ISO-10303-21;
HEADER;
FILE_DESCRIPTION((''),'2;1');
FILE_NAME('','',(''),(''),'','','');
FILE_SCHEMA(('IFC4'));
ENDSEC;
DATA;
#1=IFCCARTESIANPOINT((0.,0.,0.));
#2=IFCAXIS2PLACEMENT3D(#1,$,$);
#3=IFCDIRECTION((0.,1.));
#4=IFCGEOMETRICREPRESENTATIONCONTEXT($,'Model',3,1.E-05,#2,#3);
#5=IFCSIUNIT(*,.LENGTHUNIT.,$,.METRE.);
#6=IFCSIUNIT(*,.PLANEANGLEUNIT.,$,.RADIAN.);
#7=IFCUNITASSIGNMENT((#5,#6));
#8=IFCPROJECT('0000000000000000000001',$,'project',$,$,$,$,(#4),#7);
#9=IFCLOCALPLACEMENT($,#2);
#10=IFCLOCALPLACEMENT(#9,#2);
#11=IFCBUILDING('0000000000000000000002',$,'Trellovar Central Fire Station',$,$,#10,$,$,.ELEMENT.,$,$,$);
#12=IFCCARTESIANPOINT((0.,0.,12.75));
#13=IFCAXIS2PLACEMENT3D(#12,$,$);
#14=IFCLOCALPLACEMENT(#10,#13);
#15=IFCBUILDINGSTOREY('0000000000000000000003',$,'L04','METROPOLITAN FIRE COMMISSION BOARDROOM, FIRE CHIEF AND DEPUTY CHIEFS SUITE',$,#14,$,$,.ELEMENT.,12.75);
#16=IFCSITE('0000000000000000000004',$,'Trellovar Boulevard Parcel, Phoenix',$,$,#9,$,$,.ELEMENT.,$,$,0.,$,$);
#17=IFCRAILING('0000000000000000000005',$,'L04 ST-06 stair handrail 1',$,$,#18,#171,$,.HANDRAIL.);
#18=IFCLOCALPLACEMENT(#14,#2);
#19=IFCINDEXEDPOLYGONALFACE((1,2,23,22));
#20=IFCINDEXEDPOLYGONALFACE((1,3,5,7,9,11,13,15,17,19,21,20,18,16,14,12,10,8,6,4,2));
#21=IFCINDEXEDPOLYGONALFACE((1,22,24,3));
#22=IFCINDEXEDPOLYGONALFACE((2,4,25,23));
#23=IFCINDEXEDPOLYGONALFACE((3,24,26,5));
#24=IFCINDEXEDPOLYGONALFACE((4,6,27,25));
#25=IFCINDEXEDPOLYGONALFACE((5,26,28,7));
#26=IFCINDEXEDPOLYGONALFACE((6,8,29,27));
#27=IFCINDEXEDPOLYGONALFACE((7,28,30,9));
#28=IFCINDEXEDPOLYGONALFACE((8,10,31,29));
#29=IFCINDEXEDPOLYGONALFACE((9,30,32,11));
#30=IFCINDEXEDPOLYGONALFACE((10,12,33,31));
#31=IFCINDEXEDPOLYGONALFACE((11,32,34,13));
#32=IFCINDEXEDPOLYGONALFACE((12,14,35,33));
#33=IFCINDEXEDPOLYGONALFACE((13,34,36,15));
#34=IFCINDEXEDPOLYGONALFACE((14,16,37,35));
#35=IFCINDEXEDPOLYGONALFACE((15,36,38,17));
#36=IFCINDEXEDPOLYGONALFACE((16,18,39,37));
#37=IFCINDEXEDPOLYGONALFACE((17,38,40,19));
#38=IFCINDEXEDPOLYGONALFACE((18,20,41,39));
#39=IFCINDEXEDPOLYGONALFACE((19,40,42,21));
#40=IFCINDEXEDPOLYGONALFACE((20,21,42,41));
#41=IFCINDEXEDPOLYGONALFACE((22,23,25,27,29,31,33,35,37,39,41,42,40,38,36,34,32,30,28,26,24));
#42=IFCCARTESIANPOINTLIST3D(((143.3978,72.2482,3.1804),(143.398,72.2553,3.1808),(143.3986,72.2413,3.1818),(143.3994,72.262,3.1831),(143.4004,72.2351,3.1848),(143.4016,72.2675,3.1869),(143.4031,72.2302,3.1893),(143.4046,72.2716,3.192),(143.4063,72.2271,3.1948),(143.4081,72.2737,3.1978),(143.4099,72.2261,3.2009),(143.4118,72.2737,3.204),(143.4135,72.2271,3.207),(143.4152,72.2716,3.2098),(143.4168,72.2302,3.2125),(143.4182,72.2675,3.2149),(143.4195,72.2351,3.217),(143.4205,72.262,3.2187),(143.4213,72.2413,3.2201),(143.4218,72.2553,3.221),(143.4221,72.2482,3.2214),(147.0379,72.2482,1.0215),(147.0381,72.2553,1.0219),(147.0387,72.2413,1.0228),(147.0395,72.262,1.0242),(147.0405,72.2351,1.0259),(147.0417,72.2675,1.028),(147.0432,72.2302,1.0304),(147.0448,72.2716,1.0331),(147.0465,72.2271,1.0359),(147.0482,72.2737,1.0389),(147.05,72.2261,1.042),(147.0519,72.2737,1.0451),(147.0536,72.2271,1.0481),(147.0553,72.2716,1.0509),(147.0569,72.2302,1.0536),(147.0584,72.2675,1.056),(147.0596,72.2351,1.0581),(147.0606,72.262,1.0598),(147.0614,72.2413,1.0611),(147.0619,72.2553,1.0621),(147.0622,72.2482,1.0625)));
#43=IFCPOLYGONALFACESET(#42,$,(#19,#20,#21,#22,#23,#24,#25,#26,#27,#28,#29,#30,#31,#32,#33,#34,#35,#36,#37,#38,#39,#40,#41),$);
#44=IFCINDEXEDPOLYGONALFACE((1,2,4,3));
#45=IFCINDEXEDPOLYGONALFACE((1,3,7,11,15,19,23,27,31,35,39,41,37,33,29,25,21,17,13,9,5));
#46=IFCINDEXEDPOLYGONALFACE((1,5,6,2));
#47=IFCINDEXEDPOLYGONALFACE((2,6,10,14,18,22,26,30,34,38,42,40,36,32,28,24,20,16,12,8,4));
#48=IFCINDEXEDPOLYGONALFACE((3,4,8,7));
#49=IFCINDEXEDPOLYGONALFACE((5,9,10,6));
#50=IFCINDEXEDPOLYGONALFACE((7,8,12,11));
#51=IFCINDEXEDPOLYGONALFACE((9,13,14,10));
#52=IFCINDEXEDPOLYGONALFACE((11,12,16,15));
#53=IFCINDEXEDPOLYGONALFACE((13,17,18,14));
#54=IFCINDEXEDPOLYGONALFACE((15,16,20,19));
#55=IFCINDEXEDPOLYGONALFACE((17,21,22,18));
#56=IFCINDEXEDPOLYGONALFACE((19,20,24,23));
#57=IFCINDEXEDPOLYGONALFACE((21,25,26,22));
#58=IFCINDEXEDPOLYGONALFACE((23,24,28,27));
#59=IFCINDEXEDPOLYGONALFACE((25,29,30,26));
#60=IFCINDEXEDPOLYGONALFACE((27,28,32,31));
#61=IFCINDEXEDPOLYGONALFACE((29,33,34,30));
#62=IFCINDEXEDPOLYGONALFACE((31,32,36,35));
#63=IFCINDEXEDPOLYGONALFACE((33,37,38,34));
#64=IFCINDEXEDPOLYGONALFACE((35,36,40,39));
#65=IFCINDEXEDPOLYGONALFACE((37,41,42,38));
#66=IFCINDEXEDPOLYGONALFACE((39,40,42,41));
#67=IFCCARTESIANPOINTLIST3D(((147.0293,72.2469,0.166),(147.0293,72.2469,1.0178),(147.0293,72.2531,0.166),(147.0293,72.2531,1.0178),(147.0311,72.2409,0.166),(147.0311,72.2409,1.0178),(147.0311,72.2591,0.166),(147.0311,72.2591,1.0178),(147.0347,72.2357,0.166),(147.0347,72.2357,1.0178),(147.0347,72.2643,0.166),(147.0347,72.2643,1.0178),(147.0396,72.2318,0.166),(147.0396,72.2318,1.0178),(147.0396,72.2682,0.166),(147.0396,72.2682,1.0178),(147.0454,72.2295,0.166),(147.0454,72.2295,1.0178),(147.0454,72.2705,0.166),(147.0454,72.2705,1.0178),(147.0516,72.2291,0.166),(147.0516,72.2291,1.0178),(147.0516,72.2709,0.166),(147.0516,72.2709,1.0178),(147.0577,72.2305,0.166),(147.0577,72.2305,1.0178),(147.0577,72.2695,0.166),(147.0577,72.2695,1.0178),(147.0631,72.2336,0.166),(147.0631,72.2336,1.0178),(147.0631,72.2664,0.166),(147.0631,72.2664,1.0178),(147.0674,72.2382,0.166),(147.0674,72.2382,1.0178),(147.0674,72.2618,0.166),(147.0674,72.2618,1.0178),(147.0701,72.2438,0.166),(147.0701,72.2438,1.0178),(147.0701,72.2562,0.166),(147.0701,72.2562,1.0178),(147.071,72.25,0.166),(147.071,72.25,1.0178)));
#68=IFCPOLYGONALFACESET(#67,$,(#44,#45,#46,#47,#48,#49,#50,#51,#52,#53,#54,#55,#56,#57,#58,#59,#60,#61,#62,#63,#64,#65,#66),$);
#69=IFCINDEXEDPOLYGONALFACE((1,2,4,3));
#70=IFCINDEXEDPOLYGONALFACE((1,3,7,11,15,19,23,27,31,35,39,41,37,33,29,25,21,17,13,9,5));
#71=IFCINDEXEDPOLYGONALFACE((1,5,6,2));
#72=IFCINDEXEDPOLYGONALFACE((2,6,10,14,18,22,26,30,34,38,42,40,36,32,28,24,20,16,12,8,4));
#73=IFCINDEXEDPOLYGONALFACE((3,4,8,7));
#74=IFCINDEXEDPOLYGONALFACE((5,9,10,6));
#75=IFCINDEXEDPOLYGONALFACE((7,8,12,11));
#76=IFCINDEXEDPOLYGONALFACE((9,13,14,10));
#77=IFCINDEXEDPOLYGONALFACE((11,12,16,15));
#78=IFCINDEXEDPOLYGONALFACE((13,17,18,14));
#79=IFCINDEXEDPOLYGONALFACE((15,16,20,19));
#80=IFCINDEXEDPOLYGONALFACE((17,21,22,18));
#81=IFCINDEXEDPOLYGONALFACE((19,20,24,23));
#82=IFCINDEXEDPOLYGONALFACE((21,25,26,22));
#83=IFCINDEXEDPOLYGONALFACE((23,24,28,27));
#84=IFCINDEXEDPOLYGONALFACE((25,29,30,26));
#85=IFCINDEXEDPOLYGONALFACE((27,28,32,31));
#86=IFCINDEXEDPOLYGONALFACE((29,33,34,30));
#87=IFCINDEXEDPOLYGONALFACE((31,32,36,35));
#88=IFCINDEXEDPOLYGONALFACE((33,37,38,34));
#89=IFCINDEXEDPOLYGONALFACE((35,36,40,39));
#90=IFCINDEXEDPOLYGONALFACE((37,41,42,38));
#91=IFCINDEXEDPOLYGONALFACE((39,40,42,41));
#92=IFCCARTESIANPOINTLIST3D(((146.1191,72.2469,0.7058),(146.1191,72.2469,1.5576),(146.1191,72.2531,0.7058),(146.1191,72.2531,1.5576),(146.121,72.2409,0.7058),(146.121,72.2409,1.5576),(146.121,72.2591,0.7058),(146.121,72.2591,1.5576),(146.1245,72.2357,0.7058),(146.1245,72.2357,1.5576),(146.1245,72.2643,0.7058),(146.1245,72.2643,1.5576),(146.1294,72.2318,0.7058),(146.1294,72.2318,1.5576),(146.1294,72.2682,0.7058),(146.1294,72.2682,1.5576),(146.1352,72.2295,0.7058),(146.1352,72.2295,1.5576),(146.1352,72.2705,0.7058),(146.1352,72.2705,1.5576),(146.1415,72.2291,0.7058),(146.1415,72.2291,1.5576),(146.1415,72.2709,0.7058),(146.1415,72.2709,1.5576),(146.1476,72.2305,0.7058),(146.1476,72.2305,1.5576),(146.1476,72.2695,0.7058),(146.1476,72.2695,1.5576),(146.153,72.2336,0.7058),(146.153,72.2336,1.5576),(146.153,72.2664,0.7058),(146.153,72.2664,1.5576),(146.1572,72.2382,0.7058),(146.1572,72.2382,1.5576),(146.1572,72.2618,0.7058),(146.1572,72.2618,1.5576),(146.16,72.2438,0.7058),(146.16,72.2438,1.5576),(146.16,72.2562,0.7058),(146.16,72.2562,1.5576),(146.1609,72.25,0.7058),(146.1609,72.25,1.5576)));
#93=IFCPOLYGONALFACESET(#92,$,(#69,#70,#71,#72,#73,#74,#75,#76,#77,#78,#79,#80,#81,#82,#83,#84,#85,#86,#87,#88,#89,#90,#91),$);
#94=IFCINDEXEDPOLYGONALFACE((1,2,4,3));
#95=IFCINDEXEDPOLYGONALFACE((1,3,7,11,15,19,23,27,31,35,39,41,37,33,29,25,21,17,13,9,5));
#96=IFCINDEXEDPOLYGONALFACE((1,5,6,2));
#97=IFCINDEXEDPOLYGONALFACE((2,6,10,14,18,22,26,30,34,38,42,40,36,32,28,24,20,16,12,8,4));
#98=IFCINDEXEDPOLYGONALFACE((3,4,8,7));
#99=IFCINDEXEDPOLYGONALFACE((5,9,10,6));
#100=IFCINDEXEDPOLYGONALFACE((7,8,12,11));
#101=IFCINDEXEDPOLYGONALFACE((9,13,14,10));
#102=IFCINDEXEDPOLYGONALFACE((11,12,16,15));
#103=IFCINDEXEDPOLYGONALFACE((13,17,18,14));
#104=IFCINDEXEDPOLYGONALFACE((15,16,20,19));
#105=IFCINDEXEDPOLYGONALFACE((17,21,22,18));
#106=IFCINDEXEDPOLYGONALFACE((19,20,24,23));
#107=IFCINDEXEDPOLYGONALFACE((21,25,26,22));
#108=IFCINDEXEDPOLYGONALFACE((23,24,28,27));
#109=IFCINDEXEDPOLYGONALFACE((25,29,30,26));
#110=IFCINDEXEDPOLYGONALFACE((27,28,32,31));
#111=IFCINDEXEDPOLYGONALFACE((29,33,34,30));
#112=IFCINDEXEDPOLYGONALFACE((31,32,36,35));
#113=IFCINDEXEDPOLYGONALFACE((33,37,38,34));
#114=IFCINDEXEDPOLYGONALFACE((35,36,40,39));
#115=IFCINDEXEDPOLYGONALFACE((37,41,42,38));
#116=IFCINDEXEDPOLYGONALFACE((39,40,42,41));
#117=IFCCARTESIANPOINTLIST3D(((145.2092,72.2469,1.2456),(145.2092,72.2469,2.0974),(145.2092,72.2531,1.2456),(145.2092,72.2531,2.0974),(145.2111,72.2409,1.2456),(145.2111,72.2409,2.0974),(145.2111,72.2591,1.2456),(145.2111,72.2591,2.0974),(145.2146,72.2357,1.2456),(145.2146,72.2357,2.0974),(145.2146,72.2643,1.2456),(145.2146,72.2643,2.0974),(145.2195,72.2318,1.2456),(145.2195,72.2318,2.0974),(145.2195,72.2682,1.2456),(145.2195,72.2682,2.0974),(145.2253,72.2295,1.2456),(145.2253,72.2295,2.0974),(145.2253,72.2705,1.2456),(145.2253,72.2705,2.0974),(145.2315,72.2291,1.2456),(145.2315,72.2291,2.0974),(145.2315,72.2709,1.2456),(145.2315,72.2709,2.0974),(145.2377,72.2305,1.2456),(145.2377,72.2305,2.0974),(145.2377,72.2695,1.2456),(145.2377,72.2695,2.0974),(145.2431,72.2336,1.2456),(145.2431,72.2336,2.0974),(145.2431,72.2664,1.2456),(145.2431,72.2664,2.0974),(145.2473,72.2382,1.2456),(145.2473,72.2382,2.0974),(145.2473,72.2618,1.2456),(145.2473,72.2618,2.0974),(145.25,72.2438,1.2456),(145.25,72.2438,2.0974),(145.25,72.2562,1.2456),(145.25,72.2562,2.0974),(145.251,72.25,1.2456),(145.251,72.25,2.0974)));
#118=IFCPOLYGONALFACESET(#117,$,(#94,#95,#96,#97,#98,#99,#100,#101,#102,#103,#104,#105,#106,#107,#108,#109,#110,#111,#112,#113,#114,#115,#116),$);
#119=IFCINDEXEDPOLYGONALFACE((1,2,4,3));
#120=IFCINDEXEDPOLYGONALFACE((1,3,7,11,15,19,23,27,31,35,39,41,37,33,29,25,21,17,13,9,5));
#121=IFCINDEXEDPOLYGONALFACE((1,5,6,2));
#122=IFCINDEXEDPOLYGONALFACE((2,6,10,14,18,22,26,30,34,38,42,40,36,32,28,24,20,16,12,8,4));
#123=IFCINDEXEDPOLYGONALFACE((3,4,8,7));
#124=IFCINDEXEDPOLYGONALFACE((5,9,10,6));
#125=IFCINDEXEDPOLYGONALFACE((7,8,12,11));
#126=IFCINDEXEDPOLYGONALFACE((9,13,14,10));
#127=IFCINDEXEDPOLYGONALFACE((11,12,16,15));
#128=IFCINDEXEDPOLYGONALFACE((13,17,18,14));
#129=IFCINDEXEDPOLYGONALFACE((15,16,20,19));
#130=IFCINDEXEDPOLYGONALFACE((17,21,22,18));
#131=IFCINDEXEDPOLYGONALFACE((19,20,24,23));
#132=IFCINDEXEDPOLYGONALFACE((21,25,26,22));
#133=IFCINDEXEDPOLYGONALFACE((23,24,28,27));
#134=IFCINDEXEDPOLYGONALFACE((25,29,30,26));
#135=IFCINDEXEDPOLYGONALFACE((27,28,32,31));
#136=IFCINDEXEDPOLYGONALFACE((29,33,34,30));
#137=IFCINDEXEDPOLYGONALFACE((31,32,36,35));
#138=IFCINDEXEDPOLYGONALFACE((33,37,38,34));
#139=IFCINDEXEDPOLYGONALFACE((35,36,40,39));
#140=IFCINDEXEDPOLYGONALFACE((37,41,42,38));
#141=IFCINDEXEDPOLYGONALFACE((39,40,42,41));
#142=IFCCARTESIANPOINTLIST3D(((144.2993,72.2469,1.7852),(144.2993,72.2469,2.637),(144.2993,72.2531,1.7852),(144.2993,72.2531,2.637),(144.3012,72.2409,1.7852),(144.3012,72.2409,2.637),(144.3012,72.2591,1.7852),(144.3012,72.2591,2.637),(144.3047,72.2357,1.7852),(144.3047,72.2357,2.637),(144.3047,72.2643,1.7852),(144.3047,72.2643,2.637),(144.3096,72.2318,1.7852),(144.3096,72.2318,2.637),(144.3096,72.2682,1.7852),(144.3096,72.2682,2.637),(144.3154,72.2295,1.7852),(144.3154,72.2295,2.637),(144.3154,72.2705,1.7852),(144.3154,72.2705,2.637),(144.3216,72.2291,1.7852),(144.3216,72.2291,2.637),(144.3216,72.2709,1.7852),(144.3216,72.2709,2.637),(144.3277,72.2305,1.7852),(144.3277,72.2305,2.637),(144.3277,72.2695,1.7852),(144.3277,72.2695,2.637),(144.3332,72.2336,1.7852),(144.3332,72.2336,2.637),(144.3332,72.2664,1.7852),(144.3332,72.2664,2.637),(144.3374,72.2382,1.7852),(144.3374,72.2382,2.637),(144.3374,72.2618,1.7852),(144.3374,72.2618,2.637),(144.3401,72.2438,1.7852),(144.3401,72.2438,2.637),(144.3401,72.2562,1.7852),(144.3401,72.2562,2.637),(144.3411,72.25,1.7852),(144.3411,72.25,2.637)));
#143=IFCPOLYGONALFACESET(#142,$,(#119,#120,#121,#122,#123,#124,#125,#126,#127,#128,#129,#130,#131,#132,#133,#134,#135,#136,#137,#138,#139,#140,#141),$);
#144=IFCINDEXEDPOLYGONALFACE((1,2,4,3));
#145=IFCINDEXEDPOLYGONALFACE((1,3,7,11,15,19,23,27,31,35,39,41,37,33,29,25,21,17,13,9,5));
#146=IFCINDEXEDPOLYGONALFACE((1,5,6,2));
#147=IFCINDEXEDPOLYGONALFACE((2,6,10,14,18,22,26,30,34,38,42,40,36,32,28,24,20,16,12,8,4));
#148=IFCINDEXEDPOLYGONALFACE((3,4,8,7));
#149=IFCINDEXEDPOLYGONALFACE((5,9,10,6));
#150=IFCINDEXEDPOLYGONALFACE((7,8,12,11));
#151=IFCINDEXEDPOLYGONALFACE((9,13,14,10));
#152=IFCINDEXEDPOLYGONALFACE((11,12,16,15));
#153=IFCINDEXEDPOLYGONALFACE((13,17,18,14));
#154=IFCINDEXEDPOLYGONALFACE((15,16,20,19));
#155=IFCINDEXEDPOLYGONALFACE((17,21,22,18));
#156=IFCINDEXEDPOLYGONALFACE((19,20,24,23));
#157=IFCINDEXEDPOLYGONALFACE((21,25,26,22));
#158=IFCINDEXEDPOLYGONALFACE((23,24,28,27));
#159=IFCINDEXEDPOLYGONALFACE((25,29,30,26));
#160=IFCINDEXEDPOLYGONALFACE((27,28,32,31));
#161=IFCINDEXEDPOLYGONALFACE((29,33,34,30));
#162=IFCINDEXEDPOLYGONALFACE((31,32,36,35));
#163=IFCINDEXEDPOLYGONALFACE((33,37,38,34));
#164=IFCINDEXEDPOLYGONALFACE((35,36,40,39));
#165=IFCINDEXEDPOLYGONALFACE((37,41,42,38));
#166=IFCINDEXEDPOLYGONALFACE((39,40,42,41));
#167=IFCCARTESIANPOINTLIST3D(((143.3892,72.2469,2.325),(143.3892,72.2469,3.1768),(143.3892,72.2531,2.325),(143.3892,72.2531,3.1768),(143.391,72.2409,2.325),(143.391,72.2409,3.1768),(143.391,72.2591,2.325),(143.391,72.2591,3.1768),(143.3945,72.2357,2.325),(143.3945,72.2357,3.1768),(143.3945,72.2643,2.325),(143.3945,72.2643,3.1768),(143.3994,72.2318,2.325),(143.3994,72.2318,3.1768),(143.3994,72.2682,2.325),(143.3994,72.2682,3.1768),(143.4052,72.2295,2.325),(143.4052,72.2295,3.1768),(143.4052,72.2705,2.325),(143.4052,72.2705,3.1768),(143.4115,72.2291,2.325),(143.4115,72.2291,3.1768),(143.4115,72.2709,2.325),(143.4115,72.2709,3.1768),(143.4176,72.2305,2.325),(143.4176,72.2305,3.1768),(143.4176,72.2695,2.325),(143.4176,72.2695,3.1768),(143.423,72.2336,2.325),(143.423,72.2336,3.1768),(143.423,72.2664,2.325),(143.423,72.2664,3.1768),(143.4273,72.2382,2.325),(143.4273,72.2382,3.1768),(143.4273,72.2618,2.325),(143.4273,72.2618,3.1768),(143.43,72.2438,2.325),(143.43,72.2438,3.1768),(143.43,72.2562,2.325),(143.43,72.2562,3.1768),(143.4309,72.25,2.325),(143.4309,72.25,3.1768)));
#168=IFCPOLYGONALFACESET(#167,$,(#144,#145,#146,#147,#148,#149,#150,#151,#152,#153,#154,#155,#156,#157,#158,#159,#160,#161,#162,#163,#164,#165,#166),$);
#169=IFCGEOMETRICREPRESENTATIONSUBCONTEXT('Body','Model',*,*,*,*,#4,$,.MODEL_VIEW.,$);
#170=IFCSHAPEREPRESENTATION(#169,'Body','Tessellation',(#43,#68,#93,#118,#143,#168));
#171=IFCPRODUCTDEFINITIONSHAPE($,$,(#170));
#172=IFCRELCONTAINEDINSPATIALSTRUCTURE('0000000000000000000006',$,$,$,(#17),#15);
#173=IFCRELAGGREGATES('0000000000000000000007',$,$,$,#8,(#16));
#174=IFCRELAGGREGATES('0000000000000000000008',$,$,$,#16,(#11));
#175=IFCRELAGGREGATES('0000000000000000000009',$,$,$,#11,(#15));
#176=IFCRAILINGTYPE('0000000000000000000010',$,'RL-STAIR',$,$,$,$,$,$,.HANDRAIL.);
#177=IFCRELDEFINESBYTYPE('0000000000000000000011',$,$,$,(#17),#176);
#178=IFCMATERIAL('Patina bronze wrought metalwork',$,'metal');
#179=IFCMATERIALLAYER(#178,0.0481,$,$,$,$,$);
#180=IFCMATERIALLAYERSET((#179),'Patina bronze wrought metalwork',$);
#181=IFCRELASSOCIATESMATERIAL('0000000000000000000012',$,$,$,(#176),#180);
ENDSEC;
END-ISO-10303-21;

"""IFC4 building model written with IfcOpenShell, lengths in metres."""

from ifc_helpers import new_model, si_unit, direction, frame, origin, origin_2d, place, context, subcontext, project, spatial, circle, extrude, material, layer, layer_set, type_object, element, save


model = new_model("IFC4")

# Units and contexts
model_context = context("Model", 3, precision=1e-05, world=origin(), true_north=direction((0.0, 1.0)))
body_context = subcontext(model_context, "Body", "Model", "MODEL_VIEW")
ifc_project = project(units=[si_unit("LENGTHUNIT", "METRE"), si_unit("PLANEANGLEUNIT", "RADIAN")], contexts=[model_context])

# Site, building, storey
site_placement = place(None, origin())
site = spatial("IfcSite", under=ifc_project, at=site_placement, Name="Trellovar Boulevard Parcel, Phoenix", CompositionType="ELEMENT", RefElevation=0.0)
building_placement = place(site_placement, origin())
building = spatial("IfcBuilding", under=site, at=building_placement, Name="Trellovar Central Fire Station", CompositionType="ELEMENT")
storey_placement = place(building_placement, frame((0.0, 0.0, 12.75)))
storey = spatial("IfcBuildingStorey", under=building, at=storey_placement, Name="L04", Description="METROPOLITAN FIRE COMMISSION BOARDROOM, FIRE CHIEF AND DEPUTY CHIEFS SUITE", CompositionType="ELEMENT", Elevation=12.75)

# Railing
ifc_material_1 = material(Name="Patina bronze wrought metalwork", Category="metal")
ifc_layer_1 = layer(ifc_material_1, 0.0481)
ifc_layer_set_1 = layer_set([ifc_layer_1], Name="Patina bronze wrought metalwork")
railing_type_1 = type_object("IfcRailingType", Name="RL-STAIR", PredefinedType="HANDRAIL", material=ifc_layer_set_1)
railing_1_placement = place(storey_placement, frame((147.05, 72.25, 0.166)))
element("IfcRailing", 1, at=railing_1_placement, inside=storey, type_object=railing_type_1, Name="L04 ST-06 stair handrail 1", PredefinedType="HANDRAIL", context=body_context, shape_type="SweptSolid", body=[
    extrude(circle(Radius=0.0239, at=origin_2d()), frame((0.0, 0.0, 0.876), z_axis=(-0.860103, 0.0, 0.51012), x_axis=(0.0, -1.0, 0.0)), (0.0, 0.0, 1.0), 4.2322),
    extrude(circle(Radius=0.021, at=origin_2d()), origin(), (0.0, 0.0, 1.0), 0.8518),
    extrude(circle(Radius=0.021, at=origin_2d()), frame((-0.9102, 0.0, 0.5398)), (0.0, 0.0, 1.0), 0.8518),
    extrude(circle(Radius=0.021, at=origin_2d()), frame((-1.8201, 0.0, 1.0796)), (0.0, 0.0, 1.0), 0.8518),
    extrude(circle(Radius=0.021, at=origin_2d()), frame((-2.73, 0.0, 1.6191)), (0.0, 0.0, 1.0), 0.8518),
    extrude(circle(Radius=0.021, at=origin_2d()), frame((-3.6401, 0.0, 2.1589)), (0.0, 0.0, 1.0), 0.8518),
])

save(model, "model.ifc")
